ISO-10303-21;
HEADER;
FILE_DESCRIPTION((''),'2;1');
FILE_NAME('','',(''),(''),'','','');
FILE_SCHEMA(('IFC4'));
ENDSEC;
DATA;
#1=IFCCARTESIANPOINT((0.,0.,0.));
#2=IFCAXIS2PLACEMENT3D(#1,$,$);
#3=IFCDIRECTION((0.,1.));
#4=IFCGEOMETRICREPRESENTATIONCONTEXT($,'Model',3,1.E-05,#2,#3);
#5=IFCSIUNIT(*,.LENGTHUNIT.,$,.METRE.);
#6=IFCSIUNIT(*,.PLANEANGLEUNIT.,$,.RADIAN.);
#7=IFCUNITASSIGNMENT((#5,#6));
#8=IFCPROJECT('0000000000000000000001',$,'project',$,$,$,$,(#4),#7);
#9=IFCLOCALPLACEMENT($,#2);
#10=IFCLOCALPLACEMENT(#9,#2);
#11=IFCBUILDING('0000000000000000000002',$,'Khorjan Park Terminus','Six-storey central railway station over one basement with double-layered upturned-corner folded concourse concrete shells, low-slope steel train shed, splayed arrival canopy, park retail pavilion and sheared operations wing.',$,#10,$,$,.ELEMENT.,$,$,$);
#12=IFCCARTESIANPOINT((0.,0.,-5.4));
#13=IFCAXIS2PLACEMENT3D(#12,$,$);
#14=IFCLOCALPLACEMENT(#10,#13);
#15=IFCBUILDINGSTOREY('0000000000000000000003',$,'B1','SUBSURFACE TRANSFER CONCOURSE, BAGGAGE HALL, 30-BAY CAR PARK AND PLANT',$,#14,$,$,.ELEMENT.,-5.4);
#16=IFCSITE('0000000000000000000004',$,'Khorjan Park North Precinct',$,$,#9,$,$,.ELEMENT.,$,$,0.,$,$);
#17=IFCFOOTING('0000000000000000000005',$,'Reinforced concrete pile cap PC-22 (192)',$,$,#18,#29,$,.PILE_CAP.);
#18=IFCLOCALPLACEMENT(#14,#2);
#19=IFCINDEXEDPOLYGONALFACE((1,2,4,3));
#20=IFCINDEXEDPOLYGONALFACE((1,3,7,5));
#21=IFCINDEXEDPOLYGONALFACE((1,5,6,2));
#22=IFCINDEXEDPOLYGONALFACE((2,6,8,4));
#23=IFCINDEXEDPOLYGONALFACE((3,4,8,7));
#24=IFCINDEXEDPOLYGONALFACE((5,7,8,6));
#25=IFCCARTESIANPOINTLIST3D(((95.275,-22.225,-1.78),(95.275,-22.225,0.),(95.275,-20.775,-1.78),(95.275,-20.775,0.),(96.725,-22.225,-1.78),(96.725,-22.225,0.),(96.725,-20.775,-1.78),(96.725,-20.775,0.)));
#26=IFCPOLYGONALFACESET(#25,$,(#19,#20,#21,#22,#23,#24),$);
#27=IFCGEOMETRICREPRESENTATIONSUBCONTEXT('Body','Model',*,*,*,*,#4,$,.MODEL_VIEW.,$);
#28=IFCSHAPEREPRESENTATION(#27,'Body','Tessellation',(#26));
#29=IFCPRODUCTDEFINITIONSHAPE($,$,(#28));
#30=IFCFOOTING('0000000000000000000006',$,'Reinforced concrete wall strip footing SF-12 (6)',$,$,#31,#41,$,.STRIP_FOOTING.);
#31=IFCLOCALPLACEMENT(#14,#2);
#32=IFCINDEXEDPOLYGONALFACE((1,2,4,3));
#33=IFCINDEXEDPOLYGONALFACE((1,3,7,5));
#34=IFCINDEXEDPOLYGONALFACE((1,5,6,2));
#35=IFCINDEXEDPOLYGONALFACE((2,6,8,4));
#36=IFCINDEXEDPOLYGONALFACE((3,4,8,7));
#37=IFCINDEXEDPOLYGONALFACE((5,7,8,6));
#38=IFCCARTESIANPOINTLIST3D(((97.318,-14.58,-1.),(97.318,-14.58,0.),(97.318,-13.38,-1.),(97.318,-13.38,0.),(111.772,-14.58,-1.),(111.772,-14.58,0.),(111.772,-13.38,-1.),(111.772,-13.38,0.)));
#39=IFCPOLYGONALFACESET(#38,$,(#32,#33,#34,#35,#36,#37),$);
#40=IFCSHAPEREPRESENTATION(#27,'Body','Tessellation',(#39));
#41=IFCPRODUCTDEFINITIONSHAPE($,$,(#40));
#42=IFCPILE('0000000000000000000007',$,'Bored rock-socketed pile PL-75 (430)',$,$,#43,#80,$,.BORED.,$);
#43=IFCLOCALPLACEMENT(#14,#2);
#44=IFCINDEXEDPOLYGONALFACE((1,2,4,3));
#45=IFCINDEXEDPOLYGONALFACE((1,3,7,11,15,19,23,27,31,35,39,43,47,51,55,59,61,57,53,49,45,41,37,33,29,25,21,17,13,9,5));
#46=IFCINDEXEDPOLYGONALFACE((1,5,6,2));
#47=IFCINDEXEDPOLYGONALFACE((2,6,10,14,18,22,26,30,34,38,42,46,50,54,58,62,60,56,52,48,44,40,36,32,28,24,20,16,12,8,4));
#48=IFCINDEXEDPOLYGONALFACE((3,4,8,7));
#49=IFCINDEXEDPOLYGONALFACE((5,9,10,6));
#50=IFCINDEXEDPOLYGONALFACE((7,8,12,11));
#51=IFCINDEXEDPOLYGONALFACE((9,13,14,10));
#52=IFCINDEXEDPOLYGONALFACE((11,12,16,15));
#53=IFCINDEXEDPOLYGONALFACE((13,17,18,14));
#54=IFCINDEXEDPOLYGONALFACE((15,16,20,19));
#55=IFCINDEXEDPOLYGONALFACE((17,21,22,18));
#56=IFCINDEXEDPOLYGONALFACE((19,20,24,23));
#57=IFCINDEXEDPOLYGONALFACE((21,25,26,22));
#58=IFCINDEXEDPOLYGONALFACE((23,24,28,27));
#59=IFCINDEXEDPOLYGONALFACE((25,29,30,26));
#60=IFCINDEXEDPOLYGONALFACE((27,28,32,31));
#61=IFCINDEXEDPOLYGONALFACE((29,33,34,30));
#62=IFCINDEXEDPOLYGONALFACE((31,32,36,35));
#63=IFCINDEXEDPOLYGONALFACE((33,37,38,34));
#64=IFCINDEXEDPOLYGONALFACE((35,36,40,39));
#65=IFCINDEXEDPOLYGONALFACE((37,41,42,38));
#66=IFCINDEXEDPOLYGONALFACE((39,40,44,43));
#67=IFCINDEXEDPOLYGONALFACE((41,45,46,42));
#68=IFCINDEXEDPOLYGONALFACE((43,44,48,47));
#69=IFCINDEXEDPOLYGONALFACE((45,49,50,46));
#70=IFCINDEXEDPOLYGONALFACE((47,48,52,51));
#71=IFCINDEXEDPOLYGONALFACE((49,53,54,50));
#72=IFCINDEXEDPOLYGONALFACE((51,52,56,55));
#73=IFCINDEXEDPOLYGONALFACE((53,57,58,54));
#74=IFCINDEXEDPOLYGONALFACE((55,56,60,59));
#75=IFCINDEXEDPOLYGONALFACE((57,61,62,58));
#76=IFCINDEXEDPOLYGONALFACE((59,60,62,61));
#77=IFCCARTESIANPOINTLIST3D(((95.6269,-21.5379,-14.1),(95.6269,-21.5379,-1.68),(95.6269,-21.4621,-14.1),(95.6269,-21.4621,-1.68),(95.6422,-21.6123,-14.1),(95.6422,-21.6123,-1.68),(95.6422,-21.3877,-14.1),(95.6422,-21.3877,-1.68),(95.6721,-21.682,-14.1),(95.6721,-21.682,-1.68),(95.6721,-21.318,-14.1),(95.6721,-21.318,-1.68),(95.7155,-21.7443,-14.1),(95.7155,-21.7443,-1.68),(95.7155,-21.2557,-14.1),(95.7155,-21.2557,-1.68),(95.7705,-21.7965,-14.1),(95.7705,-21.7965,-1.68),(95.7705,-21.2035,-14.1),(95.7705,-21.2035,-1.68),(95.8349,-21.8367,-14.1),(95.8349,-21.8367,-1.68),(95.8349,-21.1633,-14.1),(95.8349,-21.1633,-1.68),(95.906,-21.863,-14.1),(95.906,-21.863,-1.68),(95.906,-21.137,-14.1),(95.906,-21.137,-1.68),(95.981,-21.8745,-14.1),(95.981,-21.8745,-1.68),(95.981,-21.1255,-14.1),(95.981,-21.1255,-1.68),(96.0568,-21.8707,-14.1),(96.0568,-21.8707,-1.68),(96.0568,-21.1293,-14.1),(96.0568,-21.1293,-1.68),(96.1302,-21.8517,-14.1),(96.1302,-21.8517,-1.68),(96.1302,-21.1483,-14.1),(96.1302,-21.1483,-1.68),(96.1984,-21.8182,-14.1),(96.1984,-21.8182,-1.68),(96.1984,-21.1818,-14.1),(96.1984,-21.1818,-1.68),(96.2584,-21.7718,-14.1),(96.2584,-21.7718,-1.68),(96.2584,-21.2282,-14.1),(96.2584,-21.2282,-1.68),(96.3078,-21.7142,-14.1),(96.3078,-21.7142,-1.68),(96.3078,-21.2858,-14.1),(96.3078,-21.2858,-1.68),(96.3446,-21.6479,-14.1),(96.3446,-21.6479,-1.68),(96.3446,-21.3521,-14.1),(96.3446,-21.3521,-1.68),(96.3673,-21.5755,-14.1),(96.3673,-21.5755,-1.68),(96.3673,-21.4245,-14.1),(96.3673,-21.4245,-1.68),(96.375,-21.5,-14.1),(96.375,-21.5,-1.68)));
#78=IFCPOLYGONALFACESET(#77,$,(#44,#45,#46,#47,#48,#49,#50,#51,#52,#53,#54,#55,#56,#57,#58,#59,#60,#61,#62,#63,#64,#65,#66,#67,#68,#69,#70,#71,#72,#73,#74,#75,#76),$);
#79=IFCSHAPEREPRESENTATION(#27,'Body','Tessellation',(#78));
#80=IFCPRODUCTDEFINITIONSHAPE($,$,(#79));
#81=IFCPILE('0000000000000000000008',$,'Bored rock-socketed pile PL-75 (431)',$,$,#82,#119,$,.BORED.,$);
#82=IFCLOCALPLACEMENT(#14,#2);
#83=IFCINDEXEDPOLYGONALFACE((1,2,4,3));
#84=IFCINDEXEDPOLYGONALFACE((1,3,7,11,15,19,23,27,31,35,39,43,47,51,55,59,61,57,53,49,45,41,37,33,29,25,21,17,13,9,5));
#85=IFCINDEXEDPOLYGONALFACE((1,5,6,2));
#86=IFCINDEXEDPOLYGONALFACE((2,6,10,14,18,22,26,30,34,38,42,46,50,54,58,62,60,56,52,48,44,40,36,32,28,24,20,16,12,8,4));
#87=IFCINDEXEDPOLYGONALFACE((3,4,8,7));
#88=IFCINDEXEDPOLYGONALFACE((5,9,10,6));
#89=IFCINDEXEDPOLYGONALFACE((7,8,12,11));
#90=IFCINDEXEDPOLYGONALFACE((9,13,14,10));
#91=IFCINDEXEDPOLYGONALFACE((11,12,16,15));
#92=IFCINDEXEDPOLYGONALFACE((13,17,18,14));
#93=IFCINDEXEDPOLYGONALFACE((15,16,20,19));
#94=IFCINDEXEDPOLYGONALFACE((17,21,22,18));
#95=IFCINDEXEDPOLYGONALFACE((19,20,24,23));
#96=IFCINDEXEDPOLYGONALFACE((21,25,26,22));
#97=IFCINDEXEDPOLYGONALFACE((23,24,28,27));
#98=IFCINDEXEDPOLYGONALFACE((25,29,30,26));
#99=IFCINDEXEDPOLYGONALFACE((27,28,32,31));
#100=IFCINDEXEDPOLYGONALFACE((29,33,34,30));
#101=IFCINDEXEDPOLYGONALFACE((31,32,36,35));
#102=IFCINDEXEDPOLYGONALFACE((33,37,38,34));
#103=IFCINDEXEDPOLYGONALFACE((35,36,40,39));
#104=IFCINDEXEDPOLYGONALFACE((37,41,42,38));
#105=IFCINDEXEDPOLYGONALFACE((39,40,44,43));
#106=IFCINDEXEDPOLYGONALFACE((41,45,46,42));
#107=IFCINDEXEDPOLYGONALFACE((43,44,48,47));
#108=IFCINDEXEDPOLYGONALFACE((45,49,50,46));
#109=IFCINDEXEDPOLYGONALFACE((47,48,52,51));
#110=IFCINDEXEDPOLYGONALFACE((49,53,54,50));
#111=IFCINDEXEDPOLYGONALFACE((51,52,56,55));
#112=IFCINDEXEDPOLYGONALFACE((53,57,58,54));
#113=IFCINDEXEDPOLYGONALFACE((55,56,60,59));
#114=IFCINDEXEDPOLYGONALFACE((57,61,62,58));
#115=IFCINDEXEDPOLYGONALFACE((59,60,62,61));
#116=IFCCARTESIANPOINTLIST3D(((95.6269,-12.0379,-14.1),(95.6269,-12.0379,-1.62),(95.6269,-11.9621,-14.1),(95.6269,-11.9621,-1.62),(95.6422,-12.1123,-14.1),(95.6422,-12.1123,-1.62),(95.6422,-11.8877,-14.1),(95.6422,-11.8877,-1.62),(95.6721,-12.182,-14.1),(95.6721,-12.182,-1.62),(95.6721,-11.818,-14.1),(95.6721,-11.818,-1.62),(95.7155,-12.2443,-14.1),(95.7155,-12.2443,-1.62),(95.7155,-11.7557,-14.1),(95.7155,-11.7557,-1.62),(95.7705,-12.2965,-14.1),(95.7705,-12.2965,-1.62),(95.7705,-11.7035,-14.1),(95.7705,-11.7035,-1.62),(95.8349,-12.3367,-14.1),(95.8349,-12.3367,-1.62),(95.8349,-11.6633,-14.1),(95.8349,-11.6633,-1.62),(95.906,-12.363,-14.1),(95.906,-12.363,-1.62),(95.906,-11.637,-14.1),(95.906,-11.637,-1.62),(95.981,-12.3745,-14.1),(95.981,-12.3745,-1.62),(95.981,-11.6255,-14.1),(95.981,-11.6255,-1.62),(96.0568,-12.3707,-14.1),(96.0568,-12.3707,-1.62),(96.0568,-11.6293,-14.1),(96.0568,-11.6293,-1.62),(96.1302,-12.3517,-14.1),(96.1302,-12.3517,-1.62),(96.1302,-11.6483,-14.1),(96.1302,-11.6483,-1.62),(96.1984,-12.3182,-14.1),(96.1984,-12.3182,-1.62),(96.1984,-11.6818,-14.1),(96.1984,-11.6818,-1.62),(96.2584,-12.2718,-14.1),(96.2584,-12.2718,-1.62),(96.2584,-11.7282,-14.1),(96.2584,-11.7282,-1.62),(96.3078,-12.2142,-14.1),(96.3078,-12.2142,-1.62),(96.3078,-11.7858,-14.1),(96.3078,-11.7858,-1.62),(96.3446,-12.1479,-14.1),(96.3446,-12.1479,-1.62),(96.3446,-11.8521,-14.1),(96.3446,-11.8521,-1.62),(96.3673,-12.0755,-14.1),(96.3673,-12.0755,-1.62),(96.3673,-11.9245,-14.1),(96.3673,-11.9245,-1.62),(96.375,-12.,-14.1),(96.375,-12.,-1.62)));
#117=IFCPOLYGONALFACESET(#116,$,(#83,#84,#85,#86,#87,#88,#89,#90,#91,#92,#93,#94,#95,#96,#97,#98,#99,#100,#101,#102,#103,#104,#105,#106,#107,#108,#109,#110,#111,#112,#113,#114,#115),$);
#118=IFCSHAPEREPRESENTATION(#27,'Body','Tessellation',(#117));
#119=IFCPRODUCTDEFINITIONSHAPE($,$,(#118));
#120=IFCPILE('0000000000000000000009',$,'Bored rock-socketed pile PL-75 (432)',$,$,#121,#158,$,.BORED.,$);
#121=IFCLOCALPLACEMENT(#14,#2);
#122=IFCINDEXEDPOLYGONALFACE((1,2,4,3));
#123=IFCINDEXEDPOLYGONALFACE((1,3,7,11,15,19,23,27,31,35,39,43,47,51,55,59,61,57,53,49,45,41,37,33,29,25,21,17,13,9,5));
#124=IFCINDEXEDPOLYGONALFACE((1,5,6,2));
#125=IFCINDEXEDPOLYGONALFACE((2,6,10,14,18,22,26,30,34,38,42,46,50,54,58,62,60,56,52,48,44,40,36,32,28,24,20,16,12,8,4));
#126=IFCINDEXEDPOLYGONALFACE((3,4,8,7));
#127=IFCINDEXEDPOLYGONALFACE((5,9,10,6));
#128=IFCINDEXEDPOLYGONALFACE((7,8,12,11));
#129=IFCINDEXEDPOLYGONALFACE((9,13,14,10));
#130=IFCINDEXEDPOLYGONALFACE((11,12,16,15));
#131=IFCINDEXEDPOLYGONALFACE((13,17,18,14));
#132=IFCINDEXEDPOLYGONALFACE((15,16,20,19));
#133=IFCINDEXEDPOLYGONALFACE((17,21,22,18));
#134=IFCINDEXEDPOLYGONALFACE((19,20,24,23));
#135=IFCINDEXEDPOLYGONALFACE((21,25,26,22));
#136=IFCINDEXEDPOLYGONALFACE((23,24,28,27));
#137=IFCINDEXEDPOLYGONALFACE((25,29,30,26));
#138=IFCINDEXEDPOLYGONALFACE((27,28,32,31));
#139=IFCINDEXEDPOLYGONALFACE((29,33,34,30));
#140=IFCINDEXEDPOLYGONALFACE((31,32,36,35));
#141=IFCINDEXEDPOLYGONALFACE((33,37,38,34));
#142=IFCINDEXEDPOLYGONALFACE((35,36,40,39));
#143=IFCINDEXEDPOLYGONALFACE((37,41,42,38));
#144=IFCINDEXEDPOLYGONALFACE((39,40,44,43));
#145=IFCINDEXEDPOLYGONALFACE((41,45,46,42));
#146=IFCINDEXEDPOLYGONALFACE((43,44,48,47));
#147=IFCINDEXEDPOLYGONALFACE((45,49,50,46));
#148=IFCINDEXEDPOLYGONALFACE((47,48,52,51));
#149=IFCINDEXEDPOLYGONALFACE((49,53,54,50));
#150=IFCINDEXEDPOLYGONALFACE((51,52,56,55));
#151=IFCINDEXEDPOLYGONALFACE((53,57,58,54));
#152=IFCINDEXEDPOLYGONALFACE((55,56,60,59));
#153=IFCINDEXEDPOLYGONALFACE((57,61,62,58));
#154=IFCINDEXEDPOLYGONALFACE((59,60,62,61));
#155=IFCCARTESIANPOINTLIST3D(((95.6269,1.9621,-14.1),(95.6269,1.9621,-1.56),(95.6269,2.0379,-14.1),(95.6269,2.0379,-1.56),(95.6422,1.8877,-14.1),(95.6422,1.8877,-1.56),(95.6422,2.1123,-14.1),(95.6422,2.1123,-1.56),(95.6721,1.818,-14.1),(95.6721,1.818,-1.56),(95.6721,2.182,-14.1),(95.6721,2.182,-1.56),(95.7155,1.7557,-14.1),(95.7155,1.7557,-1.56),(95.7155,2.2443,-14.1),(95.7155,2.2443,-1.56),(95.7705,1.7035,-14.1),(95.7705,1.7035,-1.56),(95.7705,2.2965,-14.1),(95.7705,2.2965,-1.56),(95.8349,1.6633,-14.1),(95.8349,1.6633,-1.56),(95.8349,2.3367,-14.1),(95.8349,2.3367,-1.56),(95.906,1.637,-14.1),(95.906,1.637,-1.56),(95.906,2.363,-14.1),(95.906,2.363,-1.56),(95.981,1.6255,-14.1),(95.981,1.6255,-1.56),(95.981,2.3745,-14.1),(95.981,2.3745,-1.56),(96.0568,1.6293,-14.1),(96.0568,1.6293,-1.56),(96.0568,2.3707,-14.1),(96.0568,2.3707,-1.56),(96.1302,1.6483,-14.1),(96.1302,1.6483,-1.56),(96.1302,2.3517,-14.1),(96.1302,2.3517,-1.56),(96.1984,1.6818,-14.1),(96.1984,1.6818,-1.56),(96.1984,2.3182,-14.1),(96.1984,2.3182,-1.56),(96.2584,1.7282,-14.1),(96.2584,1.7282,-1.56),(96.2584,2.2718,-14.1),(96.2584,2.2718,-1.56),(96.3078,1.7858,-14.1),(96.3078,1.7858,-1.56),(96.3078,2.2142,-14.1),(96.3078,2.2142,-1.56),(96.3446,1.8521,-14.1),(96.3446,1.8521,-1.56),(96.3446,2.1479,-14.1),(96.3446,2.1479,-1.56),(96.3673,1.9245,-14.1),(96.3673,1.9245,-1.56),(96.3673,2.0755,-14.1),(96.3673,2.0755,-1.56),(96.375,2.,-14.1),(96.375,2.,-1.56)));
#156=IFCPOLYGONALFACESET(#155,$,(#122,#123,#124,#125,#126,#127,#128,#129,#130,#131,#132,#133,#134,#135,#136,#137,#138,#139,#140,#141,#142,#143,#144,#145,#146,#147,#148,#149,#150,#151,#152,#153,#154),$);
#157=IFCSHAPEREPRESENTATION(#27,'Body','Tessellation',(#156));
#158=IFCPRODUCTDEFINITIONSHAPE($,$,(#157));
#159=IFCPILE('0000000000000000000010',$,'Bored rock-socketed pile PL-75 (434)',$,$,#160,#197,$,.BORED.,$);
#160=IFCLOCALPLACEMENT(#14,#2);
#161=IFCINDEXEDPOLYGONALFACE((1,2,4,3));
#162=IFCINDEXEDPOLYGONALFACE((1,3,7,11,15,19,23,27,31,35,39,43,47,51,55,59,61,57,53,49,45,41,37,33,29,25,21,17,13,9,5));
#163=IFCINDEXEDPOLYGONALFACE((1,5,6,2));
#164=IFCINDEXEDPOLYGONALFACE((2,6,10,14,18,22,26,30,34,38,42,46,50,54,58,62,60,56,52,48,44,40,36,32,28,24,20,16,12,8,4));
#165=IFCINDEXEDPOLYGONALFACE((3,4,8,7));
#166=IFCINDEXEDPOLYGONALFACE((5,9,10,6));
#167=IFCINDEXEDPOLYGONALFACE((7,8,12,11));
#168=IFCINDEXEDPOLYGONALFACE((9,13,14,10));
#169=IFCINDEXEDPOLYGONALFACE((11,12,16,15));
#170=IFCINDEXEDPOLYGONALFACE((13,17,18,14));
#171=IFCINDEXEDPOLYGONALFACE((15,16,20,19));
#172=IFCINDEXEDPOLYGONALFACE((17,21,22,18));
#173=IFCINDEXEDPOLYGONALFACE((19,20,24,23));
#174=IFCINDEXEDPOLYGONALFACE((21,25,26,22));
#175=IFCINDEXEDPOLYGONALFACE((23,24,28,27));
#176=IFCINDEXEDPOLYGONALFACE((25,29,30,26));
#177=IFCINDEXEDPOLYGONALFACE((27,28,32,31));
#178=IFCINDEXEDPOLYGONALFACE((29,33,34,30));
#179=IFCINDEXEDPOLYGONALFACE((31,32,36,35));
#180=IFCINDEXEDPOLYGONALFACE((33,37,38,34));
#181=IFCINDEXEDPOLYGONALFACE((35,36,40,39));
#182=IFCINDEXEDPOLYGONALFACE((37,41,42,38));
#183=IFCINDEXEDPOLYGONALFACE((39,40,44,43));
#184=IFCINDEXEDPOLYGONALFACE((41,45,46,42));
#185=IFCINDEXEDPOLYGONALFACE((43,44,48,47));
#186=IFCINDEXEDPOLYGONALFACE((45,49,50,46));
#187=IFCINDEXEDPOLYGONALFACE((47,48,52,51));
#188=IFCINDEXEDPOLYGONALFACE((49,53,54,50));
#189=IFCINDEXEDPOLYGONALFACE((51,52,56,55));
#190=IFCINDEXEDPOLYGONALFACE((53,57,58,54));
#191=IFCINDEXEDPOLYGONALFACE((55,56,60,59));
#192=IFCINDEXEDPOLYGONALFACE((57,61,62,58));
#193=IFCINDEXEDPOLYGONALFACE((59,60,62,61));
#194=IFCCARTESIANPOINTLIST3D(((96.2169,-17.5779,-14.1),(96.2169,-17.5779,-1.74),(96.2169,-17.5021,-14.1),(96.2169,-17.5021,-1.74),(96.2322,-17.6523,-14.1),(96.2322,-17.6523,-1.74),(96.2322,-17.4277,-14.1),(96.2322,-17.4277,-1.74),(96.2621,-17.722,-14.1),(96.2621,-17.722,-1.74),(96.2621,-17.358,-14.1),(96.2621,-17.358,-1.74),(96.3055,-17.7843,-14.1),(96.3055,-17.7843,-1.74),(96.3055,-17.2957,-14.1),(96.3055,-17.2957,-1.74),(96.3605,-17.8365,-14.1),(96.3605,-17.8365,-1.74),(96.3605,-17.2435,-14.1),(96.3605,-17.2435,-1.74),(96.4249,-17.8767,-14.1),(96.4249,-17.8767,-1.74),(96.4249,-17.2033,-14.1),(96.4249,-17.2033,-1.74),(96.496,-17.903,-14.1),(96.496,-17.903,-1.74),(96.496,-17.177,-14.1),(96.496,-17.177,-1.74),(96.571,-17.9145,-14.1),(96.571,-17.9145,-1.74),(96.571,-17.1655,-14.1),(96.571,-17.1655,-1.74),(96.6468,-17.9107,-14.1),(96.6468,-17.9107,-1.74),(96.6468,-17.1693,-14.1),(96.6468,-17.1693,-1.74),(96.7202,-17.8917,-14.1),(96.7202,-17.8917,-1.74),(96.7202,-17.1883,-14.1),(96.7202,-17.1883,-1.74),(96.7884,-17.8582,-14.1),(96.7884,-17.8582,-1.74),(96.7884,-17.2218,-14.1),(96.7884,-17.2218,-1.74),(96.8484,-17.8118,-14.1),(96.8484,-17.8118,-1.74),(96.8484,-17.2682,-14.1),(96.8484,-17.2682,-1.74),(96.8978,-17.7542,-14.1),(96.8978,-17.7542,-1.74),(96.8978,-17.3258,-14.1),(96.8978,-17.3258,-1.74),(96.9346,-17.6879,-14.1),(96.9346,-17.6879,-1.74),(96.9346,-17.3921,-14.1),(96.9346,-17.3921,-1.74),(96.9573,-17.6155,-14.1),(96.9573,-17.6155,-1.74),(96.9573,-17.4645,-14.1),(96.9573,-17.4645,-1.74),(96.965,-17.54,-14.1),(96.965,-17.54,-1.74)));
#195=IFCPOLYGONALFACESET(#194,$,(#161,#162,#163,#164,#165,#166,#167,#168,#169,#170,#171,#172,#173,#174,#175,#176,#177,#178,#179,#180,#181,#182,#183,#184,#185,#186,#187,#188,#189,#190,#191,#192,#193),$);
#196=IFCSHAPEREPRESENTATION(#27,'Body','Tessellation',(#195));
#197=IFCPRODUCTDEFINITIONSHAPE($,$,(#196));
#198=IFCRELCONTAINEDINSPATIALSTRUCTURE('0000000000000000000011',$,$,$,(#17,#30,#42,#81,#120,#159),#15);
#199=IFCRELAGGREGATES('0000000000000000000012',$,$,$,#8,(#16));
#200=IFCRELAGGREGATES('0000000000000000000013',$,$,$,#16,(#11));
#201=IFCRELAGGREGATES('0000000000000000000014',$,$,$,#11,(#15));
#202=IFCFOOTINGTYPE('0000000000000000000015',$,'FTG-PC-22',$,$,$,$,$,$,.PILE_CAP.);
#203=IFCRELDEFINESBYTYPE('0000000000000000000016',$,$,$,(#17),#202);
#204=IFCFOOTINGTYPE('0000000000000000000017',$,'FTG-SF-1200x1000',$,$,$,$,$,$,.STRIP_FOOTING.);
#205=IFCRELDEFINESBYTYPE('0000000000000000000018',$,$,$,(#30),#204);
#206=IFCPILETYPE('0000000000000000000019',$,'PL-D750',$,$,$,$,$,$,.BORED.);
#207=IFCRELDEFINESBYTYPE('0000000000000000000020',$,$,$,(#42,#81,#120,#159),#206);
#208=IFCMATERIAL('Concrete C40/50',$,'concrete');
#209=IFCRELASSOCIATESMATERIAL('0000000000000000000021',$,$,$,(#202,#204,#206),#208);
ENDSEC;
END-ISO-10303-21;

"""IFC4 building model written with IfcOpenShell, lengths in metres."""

from ifc_helpers import new_model, si_unit, direction, frame, origin, origin_2d, place, context, subcontext, project, spatial, rectangle, circle, extrude, material, material_profile, profile_set, type_object, element, save


model = new_model("IFC4")

# Units and contexts
model_context = context("Model", 3, precision=1e-05, world=origin(), true_north=direction((0.0, 1.0)))
body_context = subcontext(model_context, "Body", "Model", "MODEL_VIEW")
ifc_project = project(units=[si_unit("LENGTHUNIT", "METRE"), si_unit("PLANEANGLEUNIT", "RADIAN")], contexts=[model_context])

# Site, building, storey
site_placement = place(None, origin())
site = spatial("IfcSite", under=ifc_project, at=site_placement, Name="Khorjan Park North Precinct", CompositionType="ELEMENT", RefElevation=0.0)
building_placement = place(site_placement, origin())
building = spatial("IfcBuilding", under=site, at=building_placement, Name="Khorjan Park Terminus", Description="Six-storey central railway station over one basement with double-layered upturned-corner folded concourse concrete shells, low-slope steel train shed, splayed arrival canopy, park retail pavilion and sheared operations wing.", CompositionType="ELEMENT")
storey_placement = place(building_placement, frame((0.0, 0.0, -5.4)))
storey = spatial("IfcBuildingStorey", under=building, at=storey_placement, Name="B1", Description="SUBSURFACE TRANSFER CONCOURSE, BAGGAGE HALL, 30-BAY CAR PARK AND PLANT", CompositionType="ELEMENT", Elevation=-5.4)

# Footings
ifc_material_1 = material(Name="Concrete C40/50", Category="concrete")
footing_type_1 = type_object("IfcFootingType", Name="FTG-PC-22", PredefinedType="PILE_CAP", material=ifc_material_1)
footing_1_placement = place(storey_placement, frame((96.0, -21.5, -1.78), z_axis=(0.0, 0.0, 1.0), x_axis=(1.0, 0.0, 0.0)))
element("IfcFooting", 1, at=footing_1_placement, inside=storey, type_object=footing_type_1, Name="Reinforced concrete pile cap PC-22 (192)", PredefinedType="PILE_CAP", context=body_context, shape_type="SweptSolid", body=[
    extrude(rectangle(XDim=1.45, YDim=1.45, at=origin_2d()), origin(), (0.0, 0.0, 1.0), 1.78),
])
ifc_material_profile_1 = material_profile(ifc_material_1, rectangle(XDim=1.2, YDim=1.0, at=origin_2d()), Name="RC 1200x1000")
ifc_profile_set_1 = profile_set([ifc_material_profile_1], Name="Concrete C40/50")
footing_type_2 = type_object("IfcFootingType", Name="FTG-SF-1200x1000", PredefinedType="STRIP_FOOTING", material=ifc_profile_set_1)
footing_2_placement = place(storey_placement, frame((97.318, -13.98, -0.5), z_axis=(1.0, 0.0, 0.0), x_axis=(0.0, 1.0, 0.0)))
element("IfcFooting", 2, at=footing_2_placement, inside=storey, type_object=footing_type_2, Name="Reinforced concrete wall strip footing SF-12 (6)", PredefinedType="STRIP_FOOTING", context=body_context, shape_type="SweptSolid", body=[
    extrude(rectangle(XDim=1.2, YDim=1.0, at=origin_2d()), origin(), (0.0, 0.0, 1.0), 14.454),
])

# Piles
ifc_material_profile_2 = material_profile(ifc_material_1, circle(Radius=0.375, at=origin_2d()), Name="BORED D750")
ifc_profile_set_2 = profile_set([ifc_material_profile_2], Name="Concrete C40/50")
pile_type_1 = type_object("IfcPileType", Name="PL-D750", PredefinedType="BORED", material=ifc_profile_set_2)
pile_1_placement = place(storey_placement, frame((96.0, -21.5, -1.68), z_axis=(0.0, 0.0, -1.0), x_axis=(1.0, 0.0, 0.0)))
element("IfcPile", 3, at=pile_1_placement, inside=storey, type_object=pile_type_1, Name="Bored rock-socketed pile PL-75 (430)", PredefinedType="BORED", context=body_context, shape_type="SweptSolid", body=[
    extrude(circle(Radius=0.375, at=origin_2d()), origin(), (0.0, 0.0, 1.0), 12.42),
])
pile_2_placement = place(storey_placement, frame((96.0, -12.0, -1.62), z_axis=(0.0, 0.0, -1.0), x_axis=(1.0, 0.0, 0.0)))
element("IfcPile", 4, at=pile_2_placement, inside=storey, type_object=pile_type_1, Name="Bored rock-socketed pile PL-75 (431)", PredefinedType="BORED", context=body_context, shape_type="SweptSolid", body=[
    extrude(circle(Radius=0.375, at=origin_2d()), origin(), (0.0, 0.0, 1.0), 12.48),
])
pile_3_placement = place(storey_placement, frame((96.0, 2.0, -1.56), z_axis=(0.0, 0.0, -1.0), x_axis=(1.0, 0.0, 0.0)))
element("IfcPile", 5, at=pile_3_placement, inside=storey, type_object=pile_type_1, Name="Bored rock-socketed pile PL-75 (432)", PredefinedType="BORED", context=body_context, shape_type="SweptSolid", body=[
    extrude(circle(Radius=0.375, at=origin_2d()), origin(), (0.0, 0.0, 1.0), 12.54),
])
pile_4_placement = place(storey_placement, frame((96.59, -17.54, -1.74), z_axis=(0.0, 0.0, -1.0), x_axis=(1.0, 0.0, 0.0)))
element("IfcPile", 6, at=pile_4_placement, inside=storey, type_object=pile_type_1, Name="Bored rock-socketed pile PL-75 (434)", PredefinedType="BORED", context=body_context, shape_type="SweptSolid", body=[
    extrude(circle(Radius=0.375, at=origin_2d()), origin(), (0.0, 0.0, 1.0), 12.36),
])

save(model, "model.ifc")
